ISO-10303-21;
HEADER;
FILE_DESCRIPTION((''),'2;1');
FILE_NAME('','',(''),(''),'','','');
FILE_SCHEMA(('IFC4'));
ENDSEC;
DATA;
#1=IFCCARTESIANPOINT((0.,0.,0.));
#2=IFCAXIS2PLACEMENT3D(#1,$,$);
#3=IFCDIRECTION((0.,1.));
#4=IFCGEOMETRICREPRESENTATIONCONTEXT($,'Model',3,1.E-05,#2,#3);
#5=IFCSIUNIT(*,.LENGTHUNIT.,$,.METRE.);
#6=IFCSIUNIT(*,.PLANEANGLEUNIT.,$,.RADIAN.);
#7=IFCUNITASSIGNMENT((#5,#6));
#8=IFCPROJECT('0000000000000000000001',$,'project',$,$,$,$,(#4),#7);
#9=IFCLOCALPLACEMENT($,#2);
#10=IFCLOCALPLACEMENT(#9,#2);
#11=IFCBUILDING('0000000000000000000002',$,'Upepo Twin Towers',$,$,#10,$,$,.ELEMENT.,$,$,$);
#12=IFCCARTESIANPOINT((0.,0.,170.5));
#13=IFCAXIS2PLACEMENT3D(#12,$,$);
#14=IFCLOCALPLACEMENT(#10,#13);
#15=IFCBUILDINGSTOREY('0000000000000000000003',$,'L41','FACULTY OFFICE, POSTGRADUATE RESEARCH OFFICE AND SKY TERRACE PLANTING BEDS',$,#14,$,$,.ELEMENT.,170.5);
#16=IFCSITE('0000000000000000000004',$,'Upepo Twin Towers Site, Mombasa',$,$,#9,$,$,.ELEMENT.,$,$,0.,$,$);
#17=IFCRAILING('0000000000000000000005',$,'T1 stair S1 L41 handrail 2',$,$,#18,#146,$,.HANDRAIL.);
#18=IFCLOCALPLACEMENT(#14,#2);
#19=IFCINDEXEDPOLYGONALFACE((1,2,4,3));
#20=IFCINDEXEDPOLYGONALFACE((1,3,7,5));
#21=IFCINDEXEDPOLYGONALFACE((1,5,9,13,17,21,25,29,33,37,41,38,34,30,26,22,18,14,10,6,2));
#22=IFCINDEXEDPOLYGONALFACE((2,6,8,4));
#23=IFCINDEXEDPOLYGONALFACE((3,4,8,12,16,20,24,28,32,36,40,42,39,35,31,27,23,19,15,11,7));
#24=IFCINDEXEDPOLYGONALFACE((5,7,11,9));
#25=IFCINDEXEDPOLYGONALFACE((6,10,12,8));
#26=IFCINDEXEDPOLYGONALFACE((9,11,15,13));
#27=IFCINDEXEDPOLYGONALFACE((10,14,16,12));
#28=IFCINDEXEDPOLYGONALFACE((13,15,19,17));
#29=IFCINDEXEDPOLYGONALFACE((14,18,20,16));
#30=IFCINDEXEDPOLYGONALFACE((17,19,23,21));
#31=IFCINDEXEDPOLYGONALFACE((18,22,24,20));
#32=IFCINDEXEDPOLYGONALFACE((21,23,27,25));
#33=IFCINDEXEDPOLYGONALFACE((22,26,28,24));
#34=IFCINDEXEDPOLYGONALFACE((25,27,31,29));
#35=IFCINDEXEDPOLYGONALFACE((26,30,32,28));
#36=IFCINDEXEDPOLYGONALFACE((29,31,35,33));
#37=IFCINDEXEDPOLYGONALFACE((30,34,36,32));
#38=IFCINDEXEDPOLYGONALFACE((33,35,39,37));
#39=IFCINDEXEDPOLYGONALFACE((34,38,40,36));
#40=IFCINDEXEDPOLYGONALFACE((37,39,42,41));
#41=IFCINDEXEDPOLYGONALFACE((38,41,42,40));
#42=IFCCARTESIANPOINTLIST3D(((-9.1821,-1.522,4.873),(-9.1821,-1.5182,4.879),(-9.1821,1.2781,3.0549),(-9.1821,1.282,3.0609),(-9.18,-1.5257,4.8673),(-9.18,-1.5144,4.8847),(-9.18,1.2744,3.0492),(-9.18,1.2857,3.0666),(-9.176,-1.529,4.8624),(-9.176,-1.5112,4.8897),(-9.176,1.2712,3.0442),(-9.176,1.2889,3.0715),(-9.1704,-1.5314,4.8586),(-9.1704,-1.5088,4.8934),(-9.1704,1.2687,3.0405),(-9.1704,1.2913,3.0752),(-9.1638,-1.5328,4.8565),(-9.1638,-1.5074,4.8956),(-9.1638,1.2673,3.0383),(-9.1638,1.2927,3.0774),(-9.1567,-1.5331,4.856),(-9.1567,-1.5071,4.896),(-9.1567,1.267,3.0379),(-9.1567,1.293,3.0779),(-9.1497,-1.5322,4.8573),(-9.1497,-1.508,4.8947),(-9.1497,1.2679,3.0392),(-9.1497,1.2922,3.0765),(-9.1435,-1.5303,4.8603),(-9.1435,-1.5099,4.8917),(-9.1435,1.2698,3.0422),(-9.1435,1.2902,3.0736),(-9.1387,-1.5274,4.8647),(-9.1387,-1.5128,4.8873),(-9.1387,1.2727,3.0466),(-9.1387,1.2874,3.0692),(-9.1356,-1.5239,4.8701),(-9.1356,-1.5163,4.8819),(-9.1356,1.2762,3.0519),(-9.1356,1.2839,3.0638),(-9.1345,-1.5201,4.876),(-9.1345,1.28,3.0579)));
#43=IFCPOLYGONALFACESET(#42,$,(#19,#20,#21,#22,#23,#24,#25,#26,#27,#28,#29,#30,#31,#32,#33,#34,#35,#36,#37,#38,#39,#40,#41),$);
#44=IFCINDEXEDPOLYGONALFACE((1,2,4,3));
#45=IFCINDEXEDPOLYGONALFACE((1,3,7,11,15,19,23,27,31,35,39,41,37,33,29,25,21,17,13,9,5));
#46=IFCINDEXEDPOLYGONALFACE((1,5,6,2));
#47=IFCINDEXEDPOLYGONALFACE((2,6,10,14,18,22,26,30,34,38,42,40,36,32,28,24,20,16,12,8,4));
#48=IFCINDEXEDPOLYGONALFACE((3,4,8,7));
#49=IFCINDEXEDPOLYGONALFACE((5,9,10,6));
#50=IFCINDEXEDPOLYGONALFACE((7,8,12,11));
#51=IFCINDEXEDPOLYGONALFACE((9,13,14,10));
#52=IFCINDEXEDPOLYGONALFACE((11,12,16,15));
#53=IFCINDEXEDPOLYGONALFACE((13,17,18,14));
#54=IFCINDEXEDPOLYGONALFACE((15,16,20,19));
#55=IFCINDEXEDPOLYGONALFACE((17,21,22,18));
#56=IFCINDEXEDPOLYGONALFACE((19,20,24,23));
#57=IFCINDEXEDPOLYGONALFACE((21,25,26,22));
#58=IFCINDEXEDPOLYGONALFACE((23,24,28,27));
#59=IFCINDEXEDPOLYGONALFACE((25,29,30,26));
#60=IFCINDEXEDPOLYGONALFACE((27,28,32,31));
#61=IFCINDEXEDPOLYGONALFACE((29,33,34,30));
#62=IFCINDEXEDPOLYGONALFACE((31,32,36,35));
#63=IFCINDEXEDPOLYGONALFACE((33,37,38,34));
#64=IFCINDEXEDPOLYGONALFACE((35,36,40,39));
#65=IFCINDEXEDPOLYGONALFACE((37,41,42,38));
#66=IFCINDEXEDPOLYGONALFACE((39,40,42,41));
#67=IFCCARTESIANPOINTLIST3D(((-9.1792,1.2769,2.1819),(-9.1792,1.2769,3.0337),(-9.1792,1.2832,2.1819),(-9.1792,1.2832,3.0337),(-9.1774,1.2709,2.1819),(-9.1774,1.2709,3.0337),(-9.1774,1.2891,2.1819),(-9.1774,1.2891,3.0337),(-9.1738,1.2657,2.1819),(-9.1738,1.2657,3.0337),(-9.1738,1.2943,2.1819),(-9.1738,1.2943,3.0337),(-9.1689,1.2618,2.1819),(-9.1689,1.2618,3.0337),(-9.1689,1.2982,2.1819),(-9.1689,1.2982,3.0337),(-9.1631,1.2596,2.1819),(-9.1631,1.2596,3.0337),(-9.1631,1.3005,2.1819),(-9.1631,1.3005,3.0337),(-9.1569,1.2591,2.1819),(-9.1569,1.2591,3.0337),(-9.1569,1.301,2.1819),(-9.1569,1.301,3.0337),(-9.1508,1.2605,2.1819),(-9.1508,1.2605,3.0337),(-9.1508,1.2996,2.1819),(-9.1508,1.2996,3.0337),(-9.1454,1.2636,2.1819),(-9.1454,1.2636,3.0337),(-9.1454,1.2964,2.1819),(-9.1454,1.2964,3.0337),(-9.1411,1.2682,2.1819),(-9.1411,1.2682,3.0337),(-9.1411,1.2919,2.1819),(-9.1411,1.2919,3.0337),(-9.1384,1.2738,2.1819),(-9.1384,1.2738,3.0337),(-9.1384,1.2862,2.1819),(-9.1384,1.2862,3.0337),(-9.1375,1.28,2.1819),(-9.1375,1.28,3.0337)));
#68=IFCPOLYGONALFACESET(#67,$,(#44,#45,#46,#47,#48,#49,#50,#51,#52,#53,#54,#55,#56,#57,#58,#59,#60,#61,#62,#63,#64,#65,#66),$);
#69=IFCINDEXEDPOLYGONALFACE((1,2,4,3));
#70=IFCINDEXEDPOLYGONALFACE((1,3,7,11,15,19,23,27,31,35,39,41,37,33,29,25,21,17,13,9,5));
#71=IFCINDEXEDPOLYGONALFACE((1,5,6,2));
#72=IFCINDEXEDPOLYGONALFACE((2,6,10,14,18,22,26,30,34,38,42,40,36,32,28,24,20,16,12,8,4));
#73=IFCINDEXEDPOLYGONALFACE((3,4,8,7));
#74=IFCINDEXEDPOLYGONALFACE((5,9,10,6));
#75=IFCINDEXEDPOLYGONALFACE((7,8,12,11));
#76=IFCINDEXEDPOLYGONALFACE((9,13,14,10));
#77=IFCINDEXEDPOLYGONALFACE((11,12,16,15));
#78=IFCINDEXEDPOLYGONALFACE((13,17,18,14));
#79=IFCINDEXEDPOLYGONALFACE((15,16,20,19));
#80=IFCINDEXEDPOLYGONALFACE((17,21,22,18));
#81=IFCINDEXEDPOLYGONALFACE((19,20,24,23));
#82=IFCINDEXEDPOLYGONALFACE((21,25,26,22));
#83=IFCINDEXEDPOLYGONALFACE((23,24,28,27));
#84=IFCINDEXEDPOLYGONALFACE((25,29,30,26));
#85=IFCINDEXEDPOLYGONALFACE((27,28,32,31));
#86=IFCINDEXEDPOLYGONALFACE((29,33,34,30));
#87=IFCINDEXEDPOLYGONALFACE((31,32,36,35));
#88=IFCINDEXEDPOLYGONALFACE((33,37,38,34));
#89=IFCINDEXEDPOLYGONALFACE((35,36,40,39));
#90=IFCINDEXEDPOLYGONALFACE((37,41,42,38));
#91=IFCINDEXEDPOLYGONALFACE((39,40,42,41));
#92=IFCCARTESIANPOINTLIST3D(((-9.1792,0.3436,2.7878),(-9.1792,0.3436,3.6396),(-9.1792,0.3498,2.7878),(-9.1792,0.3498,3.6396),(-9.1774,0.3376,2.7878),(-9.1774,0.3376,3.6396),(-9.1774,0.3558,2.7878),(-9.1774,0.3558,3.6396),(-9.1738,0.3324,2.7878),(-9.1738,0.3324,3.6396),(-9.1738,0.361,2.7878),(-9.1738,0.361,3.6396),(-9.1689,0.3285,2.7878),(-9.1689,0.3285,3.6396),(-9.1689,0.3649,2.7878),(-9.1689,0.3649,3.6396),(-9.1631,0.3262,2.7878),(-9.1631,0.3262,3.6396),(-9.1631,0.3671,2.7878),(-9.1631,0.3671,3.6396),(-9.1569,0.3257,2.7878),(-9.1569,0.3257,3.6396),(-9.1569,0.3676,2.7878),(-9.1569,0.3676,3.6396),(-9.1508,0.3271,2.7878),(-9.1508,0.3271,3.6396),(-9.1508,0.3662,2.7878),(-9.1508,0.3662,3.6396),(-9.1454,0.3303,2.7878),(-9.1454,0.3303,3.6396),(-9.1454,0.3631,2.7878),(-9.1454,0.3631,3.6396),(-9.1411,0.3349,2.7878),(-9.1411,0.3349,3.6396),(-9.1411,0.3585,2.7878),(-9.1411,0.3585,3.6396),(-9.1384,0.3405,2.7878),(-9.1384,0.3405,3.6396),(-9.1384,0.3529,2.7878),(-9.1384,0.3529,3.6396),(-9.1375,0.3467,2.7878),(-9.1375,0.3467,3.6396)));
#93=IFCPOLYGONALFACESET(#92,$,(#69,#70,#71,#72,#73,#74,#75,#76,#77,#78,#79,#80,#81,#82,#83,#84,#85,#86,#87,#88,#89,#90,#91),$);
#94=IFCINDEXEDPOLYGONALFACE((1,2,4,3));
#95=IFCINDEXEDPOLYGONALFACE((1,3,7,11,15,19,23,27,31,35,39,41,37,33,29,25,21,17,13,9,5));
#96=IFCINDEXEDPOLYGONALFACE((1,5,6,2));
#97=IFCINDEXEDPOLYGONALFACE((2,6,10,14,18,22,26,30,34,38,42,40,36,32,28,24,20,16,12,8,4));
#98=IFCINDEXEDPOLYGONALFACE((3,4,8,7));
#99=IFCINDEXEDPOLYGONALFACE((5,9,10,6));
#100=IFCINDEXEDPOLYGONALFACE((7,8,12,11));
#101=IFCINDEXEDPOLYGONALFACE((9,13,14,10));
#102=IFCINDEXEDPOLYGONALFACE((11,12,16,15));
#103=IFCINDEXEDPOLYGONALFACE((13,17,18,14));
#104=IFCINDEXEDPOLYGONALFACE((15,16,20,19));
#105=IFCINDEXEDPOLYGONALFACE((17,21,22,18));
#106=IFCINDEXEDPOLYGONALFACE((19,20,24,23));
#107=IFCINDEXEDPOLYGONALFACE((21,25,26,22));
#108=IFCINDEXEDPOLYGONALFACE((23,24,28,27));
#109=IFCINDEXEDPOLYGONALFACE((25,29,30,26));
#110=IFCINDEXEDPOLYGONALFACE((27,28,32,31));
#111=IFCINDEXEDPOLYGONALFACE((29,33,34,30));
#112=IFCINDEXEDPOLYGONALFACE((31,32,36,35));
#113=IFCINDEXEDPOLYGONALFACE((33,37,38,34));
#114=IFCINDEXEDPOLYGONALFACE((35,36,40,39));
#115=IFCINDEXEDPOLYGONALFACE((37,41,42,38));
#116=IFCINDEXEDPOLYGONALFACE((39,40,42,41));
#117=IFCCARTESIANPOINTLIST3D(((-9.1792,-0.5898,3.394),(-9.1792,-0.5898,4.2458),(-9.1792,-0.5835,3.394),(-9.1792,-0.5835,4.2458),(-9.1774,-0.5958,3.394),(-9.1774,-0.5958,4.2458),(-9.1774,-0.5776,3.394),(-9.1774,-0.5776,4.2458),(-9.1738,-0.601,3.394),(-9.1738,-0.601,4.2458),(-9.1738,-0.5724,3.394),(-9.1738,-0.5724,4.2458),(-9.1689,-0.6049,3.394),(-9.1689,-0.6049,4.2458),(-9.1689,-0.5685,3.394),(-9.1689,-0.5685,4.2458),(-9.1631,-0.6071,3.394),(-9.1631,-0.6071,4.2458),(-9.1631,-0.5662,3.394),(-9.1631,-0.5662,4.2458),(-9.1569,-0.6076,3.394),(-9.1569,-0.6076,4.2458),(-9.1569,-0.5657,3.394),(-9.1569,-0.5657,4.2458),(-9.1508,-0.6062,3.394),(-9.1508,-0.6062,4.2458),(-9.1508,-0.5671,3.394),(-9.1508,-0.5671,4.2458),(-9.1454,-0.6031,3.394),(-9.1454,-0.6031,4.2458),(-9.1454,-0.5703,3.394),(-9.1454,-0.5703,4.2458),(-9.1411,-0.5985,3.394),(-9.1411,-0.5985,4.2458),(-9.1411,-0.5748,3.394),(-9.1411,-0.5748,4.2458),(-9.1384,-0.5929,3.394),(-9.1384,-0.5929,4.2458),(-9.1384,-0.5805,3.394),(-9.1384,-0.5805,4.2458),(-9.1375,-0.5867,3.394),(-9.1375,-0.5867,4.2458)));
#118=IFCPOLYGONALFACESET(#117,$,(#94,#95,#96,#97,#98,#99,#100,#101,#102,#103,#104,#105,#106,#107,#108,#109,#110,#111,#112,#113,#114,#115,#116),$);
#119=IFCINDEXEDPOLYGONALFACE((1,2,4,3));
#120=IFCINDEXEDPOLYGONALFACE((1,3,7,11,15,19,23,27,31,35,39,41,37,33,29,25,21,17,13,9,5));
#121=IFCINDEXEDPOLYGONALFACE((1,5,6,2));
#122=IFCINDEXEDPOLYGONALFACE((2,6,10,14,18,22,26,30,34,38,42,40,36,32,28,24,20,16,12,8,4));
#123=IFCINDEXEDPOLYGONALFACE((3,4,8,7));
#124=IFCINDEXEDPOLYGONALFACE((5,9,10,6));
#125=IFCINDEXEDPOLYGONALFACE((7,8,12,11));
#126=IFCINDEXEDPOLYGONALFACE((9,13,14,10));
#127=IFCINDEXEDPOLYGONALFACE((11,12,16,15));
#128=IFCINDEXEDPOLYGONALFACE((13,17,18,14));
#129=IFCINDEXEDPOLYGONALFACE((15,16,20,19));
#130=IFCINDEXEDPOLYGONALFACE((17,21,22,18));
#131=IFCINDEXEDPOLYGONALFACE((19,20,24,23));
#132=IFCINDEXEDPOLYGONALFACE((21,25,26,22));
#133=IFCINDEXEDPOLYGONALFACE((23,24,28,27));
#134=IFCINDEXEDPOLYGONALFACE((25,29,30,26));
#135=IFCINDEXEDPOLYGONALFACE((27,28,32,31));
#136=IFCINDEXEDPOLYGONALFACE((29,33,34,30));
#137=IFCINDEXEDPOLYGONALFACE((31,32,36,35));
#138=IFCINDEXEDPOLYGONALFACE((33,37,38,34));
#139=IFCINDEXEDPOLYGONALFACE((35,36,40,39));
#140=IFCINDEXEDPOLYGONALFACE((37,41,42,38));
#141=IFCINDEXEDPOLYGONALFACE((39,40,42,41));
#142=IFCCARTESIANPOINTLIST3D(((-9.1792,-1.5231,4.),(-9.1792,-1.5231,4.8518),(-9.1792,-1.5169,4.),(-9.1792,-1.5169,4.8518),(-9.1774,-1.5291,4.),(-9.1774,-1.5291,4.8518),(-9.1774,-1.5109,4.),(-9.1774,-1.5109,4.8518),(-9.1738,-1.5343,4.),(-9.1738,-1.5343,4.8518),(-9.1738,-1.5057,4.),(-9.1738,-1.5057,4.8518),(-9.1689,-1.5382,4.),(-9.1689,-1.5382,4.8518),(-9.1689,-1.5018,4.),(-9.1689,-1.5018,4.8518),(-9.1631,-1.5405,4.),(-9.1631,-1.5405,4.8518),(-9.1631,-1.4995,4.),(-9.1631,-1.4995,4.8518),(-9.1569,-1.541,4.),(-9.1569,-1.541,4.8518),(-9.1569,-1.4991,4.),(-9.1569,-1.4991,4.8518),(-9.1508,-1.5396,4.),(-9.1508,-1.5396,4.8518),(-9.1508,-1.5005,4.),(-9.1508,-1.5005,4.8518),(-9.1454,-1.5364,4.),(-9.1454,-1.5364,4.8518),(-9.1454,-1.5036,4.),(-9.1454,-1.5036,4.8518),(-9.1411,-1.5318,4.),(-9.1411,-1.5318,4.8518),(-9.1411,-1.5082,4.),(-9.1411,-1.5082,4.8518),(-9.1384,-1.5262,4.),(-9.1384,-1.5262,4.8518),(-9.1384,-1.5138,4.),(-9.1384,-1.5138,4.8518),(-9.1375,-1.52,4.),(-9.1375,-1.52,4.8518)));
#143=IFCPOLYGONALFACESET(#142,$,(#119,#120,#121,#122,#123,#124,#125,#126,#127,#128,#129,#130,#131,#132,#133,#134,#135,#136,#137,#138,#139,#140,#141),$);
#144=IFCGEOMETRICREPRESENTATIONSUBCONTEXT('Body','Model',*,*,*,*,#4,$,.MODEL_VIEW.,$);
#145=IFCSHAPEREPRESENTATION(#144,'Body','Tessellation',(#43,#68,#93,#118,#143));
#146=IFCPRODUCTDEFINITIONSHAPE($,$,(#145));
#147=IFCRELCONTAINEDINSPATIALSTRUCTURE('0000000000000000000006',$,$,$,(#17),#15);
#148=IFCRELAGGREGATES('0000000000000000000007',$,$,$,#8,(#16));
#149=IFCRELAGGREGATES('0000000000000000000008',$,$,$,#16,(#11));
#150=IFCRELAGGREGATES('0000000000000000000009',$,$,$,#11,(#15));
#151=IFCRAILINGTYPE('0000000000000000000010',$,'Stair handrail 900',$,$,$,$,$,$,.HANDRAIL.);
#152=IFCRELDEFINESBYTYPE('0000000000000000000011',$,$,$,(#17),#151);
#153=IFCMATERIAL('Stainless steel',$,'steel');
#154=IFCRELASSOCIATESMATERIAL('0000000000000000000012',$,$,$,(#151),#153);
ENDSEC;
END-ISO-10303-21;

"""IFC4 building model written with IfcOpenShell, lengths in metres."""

from ifc_helpers import new_model, si_unit, direction, frame, origin, origin_2d, place, context, subcontext, project, spatial, circle, extrude, material, type_object, element, save


model = new_model("IFC4")

# Units and contexts
model_context = context("Model", 3, precision=1e-05, world=origin(), true_north=direction((0.0, 1.0)))
body_context = subcontext(model_context, "Body", "Model", "MODEL_VIEW")
ifc_project = project(units=[si_unit("LENGTHUNIT", "METRE"), si_unit("PLANEANGLEUNIT", "RADIAN")], contexts=[model_context])

# Site, building, storey
site_placement = place(None, origin())
site = spatial("IfcSite", under=ifc_project, at=site_placement, Name="Upepo Twin Towers Site, Mombasa", CompositionType="ELEMENT", RefElevation=0.0)
building_placement = place(site_placement, origin())
building = spatial("IfcBuilding", under=site, at=building_placement, Name="Upepo Twin Towers", CompositionType="ELEMENT")
storey_placement = place(building_placement, frame((0.0, 0.0, 170.5)))
storey = spatial("IfcBuildingStorey", under=building, at=storey_placement, Name="L41", Description="FACULTY OFFICE, POSTGRADUATE RESEARCH OFFICE AND SKY TERRACE PLANTING BEDS", CompositionType="ELEMENT", Elevation=170.5)

# Railing
ifc_material_1 = material(Name="Stainless steel", Category="steel")
railing_type = type_object("IfcRailingType", Name="Stair handrail 900", PredefinedType="HANDRAIL", material=ifc_material_1)
railing_1_placement = place(storey_placement, frame((-9.1584, 1.28, 2.1819)))
element("IfcRailing", 1, at=railing_1_placement, inside=storey, type_object=railing_type, Name="T1 stair S1 L41 handrail 2", PredefinedType="HANDRAIL", context=body_context, shape_type="SweptSolid", body=[
    extrude(circle(Radius=0.0239, at=origin_2d()), frame((0.0, 0.0, 0.876), z_axis=(0.0, -0.838706, 0.544585), x_axis=(1.0, 0.0, 0.0)), (0.0, 0.0, 1.0), 3.3386),
    extrude(circle(Radius=0.021, at=origin_2d()), origin(), (0.0, 0.0, 1.0), 0.8518),
    extrude(circle(Radius=0.021, at=origin_2d()), frame((0.0, -0.9333, 0.606)), (0.0, 0.0, 1.0), 0.8518),
    extrude(circle(Radius=0.021, at=origin_2d()), frame((0.0, -1.8667, 1.2122)), (0.0, 0.0, 1.0), 0.8518),
    extrude(circle(Radius=0.021, at=origin_2d()), frame((0.0, -2.8, 1.8181)), (0.0, 0.0, 1.0), 0.8518),
])

save(model, "model.ifc")
